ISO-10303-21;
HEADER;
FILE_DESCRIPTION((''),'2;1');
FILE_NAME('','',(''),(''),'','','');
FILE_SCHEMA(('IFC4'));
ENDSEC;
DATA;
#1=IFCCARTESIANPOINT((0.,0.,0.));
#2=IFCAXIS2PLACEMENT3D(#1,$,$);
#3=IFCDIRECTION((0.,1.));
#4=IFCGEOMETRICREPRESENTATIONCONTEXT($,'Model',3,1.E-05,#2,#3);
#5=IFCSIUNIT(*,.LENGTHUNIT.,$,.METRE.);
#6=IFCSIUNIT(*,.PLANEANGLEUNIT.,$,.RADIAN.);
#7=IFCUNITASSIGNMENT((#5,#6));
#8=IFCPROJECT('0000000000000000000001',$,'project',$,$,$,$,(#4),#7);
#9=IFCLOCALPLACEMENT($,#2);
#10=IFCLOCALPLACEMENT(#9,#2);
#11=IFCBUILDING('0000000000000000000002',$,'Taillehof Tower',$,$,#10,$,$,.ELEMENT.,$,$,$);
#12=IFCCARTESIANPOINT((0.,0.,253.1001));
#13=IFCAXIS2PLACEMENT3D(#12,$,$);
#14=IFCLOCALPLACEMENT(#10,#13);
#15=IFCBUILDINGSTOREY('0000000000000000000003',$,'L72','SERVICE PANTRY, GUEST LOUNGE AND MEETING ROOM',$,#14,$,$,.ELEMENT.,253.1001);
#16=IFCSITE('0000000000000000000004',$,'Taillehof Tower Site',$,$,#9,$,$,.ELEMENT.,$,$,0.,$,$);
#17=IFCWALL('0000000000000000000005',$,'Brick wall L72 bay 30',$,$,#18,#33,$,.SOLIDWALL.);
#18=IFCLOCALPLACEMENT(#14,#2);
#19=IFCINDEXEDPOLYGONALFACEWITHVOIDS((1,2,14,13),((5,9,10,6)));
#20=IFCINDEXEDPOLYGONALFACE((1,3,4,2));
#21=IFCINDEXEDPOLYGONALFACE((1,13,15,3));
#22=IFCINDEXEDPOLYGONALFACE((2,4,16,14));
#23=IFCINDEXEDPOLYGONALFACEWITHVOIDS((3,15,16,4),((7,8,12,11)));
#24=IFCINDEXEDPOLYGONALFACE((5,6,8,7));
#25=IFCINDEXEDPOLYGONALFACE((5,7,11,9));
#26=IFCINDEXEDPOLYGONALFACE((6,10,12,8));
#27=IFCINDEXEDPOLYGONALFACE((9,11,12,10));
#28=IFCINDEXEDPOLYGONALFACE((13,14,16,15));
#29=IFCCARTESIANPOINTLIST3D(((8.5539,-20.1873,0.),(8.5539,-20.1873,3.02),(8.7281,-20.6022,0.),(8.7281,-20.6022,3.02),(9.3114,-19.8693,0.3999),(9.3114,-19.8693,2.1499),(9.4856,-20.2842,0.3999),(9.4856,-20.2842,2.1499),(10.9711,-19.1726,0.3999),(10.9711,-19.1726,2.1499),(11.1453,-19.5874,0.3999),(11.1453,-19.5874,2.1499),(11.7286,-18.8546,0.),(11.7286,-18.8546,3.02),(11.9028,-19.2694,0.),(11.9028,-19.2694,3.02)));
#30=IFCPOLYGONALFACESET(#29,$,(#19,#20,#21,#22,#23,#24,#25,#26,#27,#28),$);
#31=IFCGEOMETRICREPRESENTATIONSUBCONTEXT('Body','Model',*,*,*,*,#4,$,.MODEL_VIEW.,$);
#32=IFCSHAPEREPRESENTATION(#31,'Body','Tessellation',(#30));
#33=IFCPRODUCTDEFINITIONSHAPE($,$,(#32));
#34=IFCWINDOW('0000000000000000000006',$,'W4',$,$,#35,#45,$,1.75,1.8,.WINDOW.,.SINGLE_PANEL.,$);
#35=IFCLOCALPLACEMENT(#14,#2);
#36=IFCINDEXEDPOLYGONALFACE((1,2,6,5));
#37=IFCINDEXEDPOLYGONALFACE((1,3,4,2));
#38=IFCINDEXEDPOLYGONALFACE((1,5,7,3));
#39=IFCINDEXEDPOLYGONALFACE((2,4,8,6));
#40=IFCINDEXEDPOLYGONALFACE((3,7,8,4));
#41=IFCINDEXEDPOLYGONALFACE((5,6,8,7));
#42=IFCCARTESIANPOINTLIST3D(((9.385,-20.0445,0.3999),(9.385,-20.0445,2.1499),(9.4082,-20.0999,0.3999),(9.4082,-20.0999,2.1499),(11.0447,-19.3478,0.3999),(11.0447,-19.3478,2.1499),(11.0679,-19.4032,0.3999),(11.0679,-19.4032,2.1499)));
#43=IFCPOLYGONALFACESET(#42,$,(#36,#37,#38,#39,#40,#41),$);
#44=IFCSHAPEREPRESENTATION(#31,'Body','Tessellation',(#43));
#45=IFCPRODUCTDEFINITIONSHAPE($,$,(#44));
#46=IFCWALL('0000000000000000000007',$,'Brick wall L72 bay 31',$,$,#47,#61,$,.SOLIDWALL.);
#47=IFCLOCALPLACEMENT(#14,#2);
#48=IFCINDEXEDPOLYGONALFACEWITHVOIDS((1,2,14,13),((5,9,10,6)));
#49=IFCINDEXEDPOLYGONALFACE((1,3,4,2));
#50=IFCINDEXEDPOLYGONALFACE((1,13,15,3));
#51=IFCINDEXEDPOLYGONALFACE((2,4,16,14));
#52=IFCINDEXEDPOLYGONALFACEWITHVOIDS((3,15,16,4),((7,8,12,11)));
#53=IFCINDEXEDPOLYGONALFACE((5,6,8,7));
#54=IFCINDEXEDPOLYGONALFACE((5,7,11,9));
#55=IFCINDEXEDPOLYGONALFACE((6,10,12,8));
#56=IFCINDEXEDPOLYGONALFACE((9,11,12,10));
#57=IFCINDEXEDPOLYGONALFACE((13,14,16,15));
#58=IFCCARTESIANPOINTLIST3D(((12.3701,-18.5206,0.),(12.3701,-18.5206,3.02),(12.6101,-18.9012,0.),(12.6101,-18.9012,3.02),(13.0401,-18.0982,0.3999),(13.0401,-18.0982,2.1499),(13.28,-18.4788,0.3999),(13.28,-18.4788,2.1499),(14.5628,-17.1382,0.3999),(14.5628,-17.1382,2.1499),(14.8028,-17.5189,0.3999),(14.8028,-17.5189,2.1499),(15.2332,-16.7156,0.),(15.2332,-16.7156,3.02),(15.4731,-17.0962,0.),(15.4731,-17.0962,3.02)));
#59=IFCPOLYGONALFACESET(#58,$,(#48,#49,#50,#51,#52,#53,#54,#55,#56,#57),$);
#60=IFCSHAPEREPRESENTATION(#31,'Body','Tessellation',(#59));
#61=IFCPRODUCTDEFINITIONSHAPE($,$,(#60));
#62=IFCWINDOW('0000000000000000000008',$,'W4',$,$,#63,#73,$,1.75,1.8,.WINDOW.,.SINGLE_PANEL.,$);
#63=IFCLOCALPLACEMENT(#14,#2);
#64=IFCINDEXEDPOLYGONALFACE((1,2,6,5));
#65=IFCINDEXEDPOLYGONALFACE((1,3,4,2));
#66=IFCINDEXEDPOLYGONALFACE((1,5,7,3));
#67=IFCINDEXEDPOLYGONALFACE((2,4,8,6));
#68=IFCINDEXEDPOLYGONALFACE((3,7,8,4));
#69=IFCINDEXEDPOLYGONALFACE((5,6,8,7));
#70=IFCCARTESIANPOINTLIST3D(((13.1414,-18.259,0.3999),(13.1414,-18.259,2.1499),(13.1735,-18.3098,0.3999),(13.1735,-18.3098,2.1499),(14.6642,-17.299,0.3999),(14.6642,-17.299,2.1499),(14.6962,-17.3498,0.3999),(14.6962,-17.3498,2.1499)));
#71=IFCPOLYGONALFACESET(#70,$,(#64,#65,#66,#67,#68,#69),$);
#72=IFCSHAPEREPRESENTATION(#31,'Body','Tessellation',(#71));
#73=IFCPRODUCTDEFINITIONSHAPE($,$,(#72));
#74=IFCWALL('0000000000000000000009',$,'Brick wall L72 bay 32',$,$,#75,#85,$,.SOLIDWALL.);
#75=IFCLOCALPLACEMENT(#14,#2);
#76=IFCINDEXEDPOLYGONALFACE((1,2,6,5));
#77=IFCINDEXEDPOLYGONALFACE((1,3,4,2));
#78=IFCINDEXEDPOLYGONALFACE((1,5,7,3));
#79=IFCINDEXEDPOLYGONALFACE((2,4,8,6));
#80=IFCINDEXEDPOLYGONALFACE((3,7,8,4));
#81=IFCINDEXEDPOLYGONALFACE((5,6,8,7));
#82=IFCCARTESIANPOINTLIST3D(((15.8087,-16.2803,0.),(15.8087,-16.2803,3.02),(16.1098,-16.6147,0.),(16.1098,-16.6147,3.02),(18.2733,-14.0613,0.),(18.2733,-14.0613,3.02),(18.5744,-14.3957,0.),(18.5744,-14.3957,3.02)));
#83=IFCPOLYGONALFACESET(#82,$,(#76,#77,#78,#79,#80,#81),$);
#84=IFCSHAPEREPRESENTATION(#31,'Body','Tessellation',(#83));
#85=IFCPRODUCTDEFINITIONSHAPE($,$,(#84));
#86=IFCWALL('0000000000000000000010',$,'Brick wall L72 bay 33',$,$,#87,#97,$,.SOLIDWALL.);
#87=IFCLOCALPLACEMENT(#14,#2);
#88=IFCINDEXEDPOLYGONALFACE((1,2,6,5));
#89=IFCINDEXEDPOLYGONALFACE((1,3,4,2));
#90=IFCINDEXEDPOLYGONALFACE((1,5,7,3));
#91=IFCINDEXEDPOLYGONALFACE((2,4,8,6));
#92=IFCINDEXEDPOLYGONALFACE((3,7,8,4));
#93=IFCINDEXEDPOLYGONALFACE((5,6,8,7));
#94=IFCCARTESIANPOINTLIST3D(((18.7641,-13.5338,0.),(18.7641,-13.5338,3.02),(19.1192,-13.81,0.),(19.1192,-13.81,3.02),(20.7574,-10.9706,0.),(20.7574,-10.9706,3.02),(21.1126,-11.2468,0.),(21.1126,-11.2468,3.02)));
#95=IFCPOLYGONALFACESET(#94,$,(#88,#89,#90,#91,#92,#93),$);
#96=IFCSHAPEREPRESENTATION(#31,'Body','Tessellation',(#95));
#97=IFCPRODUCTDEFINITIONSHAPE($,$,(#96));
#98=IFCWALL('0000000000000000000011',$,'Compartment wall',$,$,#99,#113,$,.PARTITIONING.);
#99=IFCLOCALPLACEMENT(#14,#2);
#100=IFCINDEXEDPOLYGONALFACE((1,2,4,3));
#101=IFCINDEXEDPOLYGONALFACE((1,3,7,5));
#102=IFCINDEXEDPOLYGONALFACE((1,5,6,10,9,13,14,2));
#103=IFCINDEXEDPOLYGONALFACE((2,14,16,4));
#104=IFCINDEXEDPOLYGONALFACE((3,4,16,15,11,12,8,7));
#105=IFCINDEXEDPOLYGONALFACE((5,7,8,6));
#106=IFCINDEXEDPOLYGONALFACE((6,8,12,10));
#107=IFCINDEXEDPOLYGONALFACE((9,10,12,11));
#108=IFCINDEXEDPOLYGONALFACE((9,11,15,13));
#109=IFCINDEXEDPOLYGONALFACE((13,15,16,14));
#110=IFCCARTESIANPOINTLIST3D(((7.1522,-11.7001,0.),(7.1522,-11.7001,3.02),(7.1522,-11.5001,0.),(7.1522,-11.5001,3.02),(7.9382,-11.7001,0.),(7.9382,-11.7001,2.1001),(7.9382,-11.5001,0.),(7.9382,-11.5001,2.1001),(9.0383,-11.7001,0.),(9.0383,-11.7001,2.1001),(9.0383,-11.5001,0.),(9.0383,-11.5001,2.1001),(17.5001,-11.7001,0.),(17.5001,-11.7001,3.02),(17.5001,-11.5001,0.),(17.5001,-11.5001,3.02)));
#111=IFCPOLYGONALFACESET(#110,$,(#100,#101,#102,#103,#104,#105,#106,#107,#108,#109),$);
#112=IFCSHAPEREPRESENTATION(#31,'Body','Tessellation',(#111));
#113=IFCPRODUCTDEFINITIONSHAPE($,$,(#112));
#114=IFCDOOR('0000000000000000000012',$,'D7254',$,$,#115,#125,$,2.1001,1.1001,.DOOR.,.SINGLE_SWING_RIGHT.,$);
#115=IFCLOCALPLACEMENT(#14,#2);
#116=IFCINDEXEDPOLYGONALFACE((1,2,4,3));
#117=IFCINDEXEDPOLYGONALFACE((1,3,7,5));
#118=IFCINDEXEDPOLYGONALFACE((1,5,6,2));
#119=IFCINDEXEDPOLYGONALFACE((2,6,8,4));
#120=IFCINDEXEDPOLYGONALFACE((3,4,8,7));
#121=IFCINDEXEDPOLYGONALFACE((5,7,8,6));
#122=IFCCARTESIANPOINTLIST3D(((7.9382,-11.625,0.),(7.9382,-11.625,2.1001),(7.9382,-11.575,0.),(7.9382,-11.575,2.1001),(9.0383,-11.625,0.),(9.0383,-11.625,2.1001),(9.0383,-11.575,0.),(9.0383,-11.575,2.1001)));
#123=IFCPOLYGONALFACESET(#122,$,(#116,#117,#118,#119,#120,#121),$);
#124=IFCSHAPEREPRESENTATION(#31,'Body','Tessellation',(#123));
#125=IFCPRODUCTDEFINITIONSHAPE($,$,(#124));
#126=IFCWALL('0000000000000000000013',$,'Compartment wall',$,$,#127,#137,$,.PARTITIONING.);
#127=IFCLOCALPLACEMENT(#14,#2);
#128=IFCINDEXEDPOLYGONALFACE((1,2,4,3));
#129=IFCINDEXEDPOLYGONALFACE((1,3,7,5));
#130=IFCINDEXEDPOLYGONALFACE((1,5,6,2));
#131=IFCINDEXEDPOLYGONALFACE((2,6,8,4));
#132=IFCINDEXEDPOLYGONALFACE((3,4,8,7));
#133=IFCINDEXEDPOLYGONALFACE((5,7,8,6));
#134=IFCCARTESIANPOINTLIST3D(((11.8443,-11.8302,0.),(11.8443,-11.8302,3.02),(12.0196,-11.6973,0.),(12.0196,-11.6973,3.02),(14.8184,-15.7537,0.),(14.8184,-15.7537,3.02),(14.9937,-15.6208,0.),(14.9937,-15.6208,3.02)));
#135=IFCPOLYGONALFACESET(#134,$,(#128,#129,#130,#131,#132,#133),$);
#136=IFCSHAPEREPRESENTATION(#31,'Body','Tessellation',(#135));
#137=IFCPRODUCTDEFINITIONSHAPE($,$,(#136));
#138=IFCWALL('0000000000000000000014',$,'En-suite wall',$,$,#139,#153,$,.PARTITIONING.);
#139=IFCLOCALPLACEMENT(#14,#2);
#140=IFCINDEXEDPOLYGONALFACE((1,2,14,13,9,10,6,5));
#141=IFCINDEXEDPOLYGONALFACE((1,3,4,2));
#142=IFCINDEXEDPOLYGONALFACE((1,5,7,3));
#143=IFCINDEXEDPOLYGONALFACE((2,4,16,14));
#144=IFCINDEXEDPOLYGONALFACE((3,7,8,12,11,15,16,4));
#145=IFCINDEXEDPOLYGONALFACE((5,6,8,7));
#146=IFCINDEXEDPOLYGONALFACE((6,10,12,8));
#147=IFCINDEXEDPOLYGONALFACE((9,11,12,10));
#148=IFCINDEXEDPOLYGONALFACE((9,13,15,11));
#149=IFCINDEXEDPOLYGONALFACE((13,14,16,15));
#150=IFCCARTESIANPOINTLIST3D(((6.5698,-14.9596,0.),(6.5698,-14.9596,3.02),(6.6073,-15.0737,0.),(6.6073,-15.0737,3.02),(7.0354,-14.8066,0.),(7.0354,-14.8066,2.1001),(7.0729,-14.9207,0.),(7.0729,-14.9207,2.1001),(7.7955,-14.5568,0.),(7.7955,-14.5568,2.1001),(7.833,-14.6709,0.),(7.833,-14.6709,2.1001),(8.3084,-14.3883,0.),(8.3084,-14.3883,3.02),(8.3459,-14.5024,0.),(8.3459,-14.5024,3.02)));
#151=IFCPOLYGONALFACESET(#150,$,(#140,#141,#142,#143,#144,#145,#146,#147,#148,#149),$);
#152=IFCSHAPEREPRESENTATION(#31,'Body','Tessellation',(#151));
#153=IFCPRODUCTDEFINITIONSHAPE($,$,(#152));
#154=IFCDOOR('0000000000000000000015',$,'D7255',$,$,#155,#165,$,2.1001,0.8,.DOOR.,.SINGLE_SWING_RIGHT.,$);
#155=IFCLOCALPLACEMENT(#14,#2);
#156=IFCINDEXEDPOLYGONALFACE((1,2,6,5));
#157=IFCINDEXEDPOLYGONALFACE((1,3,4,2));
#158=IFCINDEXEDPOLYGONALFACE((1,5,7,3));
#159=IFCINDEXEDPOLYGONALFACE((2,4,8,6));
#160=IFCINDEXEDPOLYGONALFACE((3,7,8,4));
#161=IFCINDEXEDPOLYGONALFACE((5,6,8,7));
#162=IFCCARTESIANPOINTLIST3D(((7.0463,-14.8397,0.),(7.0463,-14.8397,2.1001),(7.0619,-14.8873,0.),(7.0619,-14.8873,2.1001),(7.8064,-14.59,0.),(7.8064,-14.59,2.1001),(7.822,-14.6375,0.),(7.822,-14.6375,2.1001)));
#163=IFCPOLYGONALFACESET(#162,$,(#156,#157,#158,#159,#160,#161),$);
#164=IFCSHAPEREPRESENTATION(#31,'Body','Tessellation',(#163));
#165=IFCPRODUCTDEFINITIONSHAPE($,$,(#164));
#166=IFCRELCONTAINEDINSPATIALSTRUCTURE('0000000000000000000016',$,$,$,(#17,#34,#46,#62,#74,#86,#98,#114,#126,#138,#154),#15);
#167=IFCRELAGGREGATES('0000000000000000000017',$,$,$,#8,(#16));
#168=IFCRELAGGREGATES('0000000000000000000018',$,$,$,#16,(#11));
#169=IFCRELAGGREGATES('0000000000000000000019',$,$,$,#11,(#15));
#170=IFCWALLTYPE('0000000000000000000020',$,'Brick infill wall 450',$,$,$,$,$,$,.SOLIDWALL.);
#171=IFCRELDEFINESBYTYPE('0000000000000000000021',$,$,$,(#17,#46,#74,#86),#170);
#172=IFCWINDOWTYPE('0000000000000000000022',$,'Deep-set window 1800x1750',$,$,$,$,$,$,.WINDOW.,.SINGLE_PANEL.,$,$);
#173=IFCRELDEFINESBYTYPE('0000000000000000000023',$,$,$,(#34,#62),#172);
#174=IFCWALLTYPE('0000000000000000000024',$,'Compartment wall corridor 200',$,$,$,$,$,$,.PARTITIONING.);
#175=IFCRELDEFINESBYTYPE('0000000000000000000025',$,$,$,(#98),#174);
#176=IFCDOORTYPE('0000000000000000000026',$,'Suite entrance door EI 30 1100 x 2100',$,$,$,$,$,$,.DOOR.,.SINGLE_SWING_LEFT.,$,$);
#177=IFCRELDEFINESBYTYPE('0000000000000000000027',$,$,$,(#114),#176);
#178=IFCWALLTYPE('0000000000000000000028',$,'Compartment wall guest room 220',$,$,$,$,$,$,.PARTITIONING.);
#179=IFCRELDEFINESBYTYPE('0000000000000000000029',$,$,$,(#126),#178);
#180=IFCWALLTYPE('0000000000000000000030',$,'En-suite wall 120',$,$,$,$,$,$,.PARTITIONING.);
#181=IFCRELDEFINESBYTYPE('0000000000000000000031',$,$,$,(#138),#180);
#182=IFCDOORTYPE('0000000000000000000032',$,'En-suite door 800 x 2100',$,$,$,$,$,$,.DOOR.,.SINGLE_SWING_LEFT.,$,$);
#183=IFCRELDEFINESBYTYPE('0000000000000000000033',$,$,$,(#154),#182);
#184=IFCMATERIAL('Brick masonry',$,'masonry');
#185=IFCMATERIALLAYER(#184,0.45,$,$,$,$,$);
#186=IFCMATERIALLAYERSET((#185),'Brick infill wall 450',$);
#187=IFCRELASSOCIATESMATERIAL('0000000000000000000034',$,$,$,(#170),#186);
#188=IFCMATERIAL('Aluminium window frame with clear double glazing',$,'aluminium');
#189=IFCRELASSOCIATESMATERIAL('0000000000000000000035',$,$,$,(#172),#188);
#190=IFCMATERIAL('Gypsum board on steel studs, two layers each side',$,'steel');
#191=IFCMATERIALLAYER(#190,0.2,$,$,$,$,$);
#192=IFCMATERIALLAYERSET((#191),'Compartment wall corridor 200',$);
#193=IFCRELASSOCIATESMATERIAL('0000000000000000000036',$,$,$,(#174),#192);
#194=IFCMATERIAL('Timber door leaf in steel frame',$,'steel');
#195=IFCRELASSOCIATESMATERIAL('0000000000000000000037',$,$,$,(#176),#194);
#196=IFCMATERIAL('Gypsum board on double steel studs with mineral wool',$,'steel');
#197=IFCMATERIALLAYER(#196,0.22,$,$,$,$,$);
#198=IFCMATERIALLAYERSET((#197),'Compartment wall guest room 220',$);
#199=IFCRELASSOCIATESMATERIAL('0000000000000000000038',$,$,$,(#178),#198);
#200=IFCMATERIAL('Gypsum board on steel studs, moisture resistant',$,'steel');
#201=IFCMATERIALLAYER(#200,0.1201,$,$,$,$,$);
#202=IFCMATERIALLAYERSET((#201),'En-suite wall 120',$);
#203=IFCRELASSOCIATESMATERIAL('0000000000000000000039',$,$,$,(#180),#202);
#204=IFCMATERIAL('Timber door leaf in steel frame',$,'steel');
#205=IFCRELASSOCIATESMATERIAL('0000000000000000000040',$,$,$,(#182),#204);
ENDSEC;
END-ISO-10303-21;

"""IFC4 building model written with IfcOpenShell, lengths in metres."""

from ifc_helpers import new_model, si_unit, direction, frame, frame_2d, origin, place, context, subcontext, project, spatial, rectangle, extrude, material, layer, layer_set, type_object, element, fill, save


model = new_model("IFC4")

# Units and contexts
model_context = context("Model", 3, precision=1e-05, world=origin(), true_north=direction((0.0, 1.0)))
body_context = subcontext(model_context, "Body", "Model", "MODEL_VIEW")
ifc_project = project(units=[si_unit("LENGTHUNIT", "METRE"), si_unit("PLANEANGLEUNIT", "RADIAN")], contexts=[model_context])

# Site, building, storey
site_placement = place(None, origin())
site = spatial("IfcSite", under=ifc_project, at=site_placement, Name="Taillehof Tower Site", CompositionType="ELEMENT", RefElevation=0.0)
building_placement = place(site_placement, origin())
building = spatial("IfcBuilding", under=site, at=building_placement, Name="Taillehof Tower", CompositionType="ELEMENT")
storey_placement = place(building_placement, frame((0.0, 0.0, 253.1001)))
storey = spatial("IfcBuildingStorey", under=building, at=storey_placement, Name="L72", Description="SERVICE PANTRY, GUEST LOUNGE AND MEETING ROOM", CompositionType="ELEMENT", Elevation=253.1001)

# Walls, openings, windows
ifc_material_1 = material(Name="Brick masonry", Category="masonry")
ifc_layer_1 = layer(ifc_material_1, 0.45)
ifc_layer_set_1 = layer_set([ifc_layer_1], Name="Brick infill wall 450")
wall_type_1 = type_object("IfcWallType", Name="Brick infill wall 450", PredefinedType="SOLIDWALL", material=ifc_layer_set_1)
wall_1_placement = place(storey_placement, frame((8.6409, -20.3948, 0.0), z_axis=(0.0, 0.0, 1.0), x_axis=(0.92205, 0.387071, 0.0)))
wall_1 = element("IfcWall", 1, at=wall_1_placement, inside=storey, type_object=wall_type_1, Name="Brick wall L72 bay 30", PredefinedType="SOLIDWALL", context=body_context, shape_type="SweptSolid", body=[
    extrude(rectangle(XDim=3.4431, YDim=0.45, at=frame_2d((1.7217, 0.0))), origin(), (0.0, 0.0, 1.0), 3.02),
])
opening_1_placement = place(wall_1_placement, frame((0.8218, 0.0, 0.3999)))
opening_1 = element("IfcOpeningElement", 2, at=opening_1_placement, cuts=wall_1, PredefinedType="OPENING", context=body_context, shape_type="SweptSolid", body=[
    extrude(rectangle(XDim=1.8, YDim=1.75, at=frame_2d((0.8999, 0.875))), frame((0.0, 0.2349, 0.0), z_axis=(0.0, -1.0, 0.0), x_axis=(1.0, 0.0, 0.0)), (0.0, 0.0, 1.0), 0.47),
])
ifc_material_2 = material(Name="Aluminium window frame with clear double glazing", Category="aluminium")
window_type = type_object("IfcWindowType", Name="Deep-set window 1800x1750", PartitioningType="SINGLE_PANEL", PredefinedType="WINDOW", material=ifc_material_2)
window_1_placement = place(opening_1_placement, origin())
window_1 = element("IfcWindow", 3, at=window_1_placement, inside=storey, type_object=window_type, Name="W4", OverallHeight=1.75, OverallWidth=1.8, PartitioningType="SINGLE_PANEL", PredefinedType="WINDOW", context=body_context, shape_type="SweptSolid", body=[
    extrude(rectangle(XDim=1.8, YDim=1.75, at=frame_2d((0.8999, 0.875))), frame((0.0, 0.0349, 0.0), z_axis=(0.0, -1.0, 0.0), x_axis=(1.0, 0.0, 0.0)), (0.0, 0.0, 1.0), 0.0601),
])
fill(opening_1, window_1)
wall_2_placement = place(storey_placement, frame((12.49, -18.7109, 0.0), z_axis=(0.0, 0.0, 1.0), x_axis=(0.845929, 0.533295, 0.0)))
wall_2 = element("IfcWall", 4, at=wall_2_placement, inside=storey, type_object=wall_type_1, Name="Brick wall L72 bay 31", PredefinedType="SOLIDWALL", context=body_context, shape_type="SweptSolid", body=[
    extrude(rectangle(XDim=3.3845, YDim=0.45, at=frame_2d((1.6924, 0.0))), origin(), (0.0, 0.0, 1.0), 3.02),
])
opening_2_placement = place(wall_2_placement, frame((0.7922, 0.0, 0.3999)))
opening_2 = element("IfcOpeningElement", 5, at=opening_2_placement, cuts=wall_2, PredefinedType="OPENING", context=body_context, shape_type="SweptSolid", body=[
    extrude(rectangle(XDim=1.8, YDim=1.75, at=frame_2d((0.8999, 0.875))), frame((0.0, 0.2349, 0.0), z_axis=(0.0, -1.0, 0.0), x_axis=(1.0, 0.0, 0.0)), (0.0, 0.0, 1.0), 0.47),
])
window_2_placement = place(opening_2_placement, origin())
window_2 = element("IfcWindow", 6, at=window_2_placement, inside=storey, type_object=window_type, Name="W4", OverallHeight=1.75, OverallWidth=1.8, PartitioningType="SINGLE_PANEL", PredefinedType="WINDOW", context=body_context, shape_type="SweptSolid", body=[
    extrude(rectangle(XDim=1.8, YDim=1.75, at=frame_2d((0.8999, 0.875))), frame((0.0, 0.0349, 0.0), z_axis=(0.0, -1.0, 0.0), x_axis=(1.0, 0.0, 0.0)), (0.0, 0.0, 1.0), 0.0601),
])
fill(opening_2, window_2)

# Walls
wall_3_placement = place(storey_placement, frame((15.9592, -16.4475, 0.0), z_axis=(0.0, 0.0, 1.0), x_axis=(0.743166, 0.669107, 0.0)))
element("IfcWall", 7, at=wall_3_placement, inside=storey, type_object=wall_type_1, Name="Brick wall L72 bay 32", PredefinedType="SOLIDWALL", context=body_context, shape_type="SweptSolid", body=[
    extrude(rectangle(XDim=3.3164, YDim=0.45, at=frame_2d((1.6582, 0.0))), origin(), (0.0, 0.0, 1.0), 3.02),
])
wall_4_placement = place(storey_placement, frame((18.9417, -13.6719, 0.0), z_axis=(0.0, 0.0, 1.0), x_axis=(0.613899, 0.789385, 0.0)))
element("IfcWall", 8, at=wall_4_placement, inside=storey, type_object=wall_type_1, Name="Brick wall L72 bay 33", PredefinedType="SOLIDWALL", context=body_context, shape_type="SweptSolid", body=[
    extrude(rectangle(XDim=3.2471, YDim=0.45, at=frame_2d((1.6235, 0.0))), origin(), (0.0, 0.0, 1.0), 3.02),
])

# Wall, opening, door
ifc_material_3 = material(Name="Gypsum board on steel studs, two layers each side", Category="steel")
ifc_layer_2 = layer(ifc_material_3, 0.2)
ifc_layer_set_2 = layer_set([ifc_layer_2], Name="Compartment wall corridor 200")
wall_type_2 = type_object("IfcWallType", Name="Compartment wall corridor 200", PredefinedType="PARTITIONING", material=ifc_layer_set_2)
wall_5_placement = place(storey_placement, frame((17.5, -11.6001, 0.0), z_axis=(0.0, 0.0, 1.0), x_axis=(-1.0, 0.0, 0.0)))
wall_5 = element("IfcWall", 9, at=wall_5_placement, inside=storey, type_object=wall_type_2, Name="Compartment wall", PredefinedType="PARTITIONING", context=body_context, shape_type="SweptSolid", body=[
    extrude(rectangle(XDim=10.3479, YDim=0.2, at=frame_2d((5.1738, 0.0))), origin(), (0.0, 0.0, 1.0), 3.02),
])
opening_3_placement = place(wall_5_placement, frame((8.4617, 0.0, 0.0)))
opening_3 = element("IfcOpeningElement", 10, at=opening_3_placement, cuts=wall_5, PredefinedType="OPENING", context=body_context, shape_type="SweptSolid", body=[
    extrude(rectangle(XDim=1.1001, YDim=2.1001, at=frame_2d((0.55, 1.05))), frame((0.0, 0.1099, 0.0), z_axis=(0.0, -1.0, 0.0), x_axis=(1.0, 0.0, 0.0)), (0.0, 0.0, 1.0), 0.22),
])
ifc_material_4 = material(Name="Timber door leaf in steel frame", Category="steel")
door_type_1 = type_object("IfcDoorType", Name="Suite entrance door EI 30 1100 x 2100", OperationType="SINGLE_SWING_LEFT", PredefinedType="DOOR", material=ifc_material_4)
door_1_placement = place(opening_3_placement, origin())
door_1 = element("IfcDoor", 11, at=door_1_placement, inside=storey, type_object=door_type_1, Name="D7254", OperationType="SINGLE_SWING_RIGHT", OverallHeight=2.1001, OverallWidth=1.1001, PredefinedType="DOOR", context=body_context, shape_type="SweptSolid", body=[
    extrude(rectangle(XDim=1.1001, YDim=2.1001, at=frame_2d((0.55, 1.05))), frame((0.0, 0.0249, 0.0), z_axis=(0.0, -1.0, 0.0), x_axis=(1.0, 0.0, 0.0)), (0.0, 0.0, 1.0), 0.05),
])
fill(opening_3, door_1)

# Wall
ifc_material_5 = material(Name="Gypsum board on double steel studs with mineral wool", Category="steel")
ifc_layer_3 = layer(ifc_material_5, 0.22)
ifc_layer_set_3 = layer_set([ifc_layer_3], Name="Compartment wall guest room 220")
wall_type_3 = type_object("IfcWallType", Name="Compartment wall guest room 220", PredefinedType="PARTITIONING", material=ifc_layer_set_3)
wall_6_placement = place(storey_placement, frame((14.906, -15.6873, 0.0), z_axis=(0.0, 0.0, 1.0), x_axis=(-0.604078, 0.796925, 0.0)))
element("IfcWall", 12, at=wall_6_placement, inside=storey, type_object=wall_type_3, Name="Compartment wall", PredefinedType="PARTITIONING", context=body_context, shape_type="SweptSolid", body=[
    extrude(rectangle(XDim=4.9233, YDim=0.22, at=frame_2d((2.4617, 0.0))), origin(), (0.0, 0.0, 1.0), 3.02),
])

# Wall, opening, door
ifc_material_6 = material(Name="Gypsum board on steel studs, moisture resistant", Category="steel")
ifc_layer_4 = layer(ifc_material_6, 0.1201)
ifc_layer_set_4 = layer_set([ifc_layer_4], Name="En-suite wall 120")
wall_type_4 = type_object("IfcWallType", Name="En-suite wall 120", PredefinedType="PARTITIONING", material=ifc_layer_set_4)
wall_7_placement = place(storey_placement, frame((8.3271, -14.4453, 0.0), z_axis=(0.0, 0.0, 1.0), x_axis=(-0.950022, -0.312183, 0.0)))
wall_7 = element("IfcWall", 13, at=wall_7_placement, inside=storey, type_object=wall_type_4, Name="En-suite wall", PredefinedType="PARTITIONING", context=body_context, shape_type="SweptSolid", body=[
    extrude(rectangle(XDim=1.8301, YDim=0.1201, at=frame_2d((0.915, 0.0))), origin(), (0.0, 0.0, 1.0), 3.02),
])
opening_4_placement = place(wall_7_placement, frame((0.54, 0.0, 0.0)))
opening_4 = element("IfcOpeningElement", 14, at=opening_4_placement, cuts=wall_7, PredefinedType="OPENING", context=body_context, shape_type="SweptSolid", body=[
    extrude(rectangle(XDim=0.8, YDim=2.1001, at=frame_2d((0.3999, 1.05))), frame((0.0, 0.0701, 0.0), z_axis=(0.0, -1.0, 0.0), x_axis=(1.0, 0.0, 0.0)), (0.0, 0.0, 1.0), 0.1401),
])
ifc_material_7 = material(Name="Timber door leaf in steel frame", Category="steel")
door_type_2 = type_object("IfcDoorType", Name="En-suite door 800 x 2100", OperationType="SINGLE_SWING_LEFT", PredefinedType="DOOR", material=ifc_material_7)
door_2_placement = place(opening_4_placement, origin())
door_2 = element("IfcDoor", 15, at=door_2_placement, inside=storey, type_object=door_type_2, Name="D7255", OperationType="SINGLE_SWING_RIGHT", OverallHeight=2.1001, OverallWidth=0.8, PredefinedType="DOOR", context=body_context, shape_type="SweptSolid", body=[
    extrude(rectangle(XDim=0.8, YDim=2.1001, at=frame_2d((0.3999, 1.05))), frame((0.0, 0.0249, 0.0), z_axis=(0.0, -1.0, 0.0), x_axis=(1.0, 0.0, 0.0)), (0.0, 0.0, 1.0), 0.05),
])
fill(opening_4, door_2)

save(model, "model.ifc")
